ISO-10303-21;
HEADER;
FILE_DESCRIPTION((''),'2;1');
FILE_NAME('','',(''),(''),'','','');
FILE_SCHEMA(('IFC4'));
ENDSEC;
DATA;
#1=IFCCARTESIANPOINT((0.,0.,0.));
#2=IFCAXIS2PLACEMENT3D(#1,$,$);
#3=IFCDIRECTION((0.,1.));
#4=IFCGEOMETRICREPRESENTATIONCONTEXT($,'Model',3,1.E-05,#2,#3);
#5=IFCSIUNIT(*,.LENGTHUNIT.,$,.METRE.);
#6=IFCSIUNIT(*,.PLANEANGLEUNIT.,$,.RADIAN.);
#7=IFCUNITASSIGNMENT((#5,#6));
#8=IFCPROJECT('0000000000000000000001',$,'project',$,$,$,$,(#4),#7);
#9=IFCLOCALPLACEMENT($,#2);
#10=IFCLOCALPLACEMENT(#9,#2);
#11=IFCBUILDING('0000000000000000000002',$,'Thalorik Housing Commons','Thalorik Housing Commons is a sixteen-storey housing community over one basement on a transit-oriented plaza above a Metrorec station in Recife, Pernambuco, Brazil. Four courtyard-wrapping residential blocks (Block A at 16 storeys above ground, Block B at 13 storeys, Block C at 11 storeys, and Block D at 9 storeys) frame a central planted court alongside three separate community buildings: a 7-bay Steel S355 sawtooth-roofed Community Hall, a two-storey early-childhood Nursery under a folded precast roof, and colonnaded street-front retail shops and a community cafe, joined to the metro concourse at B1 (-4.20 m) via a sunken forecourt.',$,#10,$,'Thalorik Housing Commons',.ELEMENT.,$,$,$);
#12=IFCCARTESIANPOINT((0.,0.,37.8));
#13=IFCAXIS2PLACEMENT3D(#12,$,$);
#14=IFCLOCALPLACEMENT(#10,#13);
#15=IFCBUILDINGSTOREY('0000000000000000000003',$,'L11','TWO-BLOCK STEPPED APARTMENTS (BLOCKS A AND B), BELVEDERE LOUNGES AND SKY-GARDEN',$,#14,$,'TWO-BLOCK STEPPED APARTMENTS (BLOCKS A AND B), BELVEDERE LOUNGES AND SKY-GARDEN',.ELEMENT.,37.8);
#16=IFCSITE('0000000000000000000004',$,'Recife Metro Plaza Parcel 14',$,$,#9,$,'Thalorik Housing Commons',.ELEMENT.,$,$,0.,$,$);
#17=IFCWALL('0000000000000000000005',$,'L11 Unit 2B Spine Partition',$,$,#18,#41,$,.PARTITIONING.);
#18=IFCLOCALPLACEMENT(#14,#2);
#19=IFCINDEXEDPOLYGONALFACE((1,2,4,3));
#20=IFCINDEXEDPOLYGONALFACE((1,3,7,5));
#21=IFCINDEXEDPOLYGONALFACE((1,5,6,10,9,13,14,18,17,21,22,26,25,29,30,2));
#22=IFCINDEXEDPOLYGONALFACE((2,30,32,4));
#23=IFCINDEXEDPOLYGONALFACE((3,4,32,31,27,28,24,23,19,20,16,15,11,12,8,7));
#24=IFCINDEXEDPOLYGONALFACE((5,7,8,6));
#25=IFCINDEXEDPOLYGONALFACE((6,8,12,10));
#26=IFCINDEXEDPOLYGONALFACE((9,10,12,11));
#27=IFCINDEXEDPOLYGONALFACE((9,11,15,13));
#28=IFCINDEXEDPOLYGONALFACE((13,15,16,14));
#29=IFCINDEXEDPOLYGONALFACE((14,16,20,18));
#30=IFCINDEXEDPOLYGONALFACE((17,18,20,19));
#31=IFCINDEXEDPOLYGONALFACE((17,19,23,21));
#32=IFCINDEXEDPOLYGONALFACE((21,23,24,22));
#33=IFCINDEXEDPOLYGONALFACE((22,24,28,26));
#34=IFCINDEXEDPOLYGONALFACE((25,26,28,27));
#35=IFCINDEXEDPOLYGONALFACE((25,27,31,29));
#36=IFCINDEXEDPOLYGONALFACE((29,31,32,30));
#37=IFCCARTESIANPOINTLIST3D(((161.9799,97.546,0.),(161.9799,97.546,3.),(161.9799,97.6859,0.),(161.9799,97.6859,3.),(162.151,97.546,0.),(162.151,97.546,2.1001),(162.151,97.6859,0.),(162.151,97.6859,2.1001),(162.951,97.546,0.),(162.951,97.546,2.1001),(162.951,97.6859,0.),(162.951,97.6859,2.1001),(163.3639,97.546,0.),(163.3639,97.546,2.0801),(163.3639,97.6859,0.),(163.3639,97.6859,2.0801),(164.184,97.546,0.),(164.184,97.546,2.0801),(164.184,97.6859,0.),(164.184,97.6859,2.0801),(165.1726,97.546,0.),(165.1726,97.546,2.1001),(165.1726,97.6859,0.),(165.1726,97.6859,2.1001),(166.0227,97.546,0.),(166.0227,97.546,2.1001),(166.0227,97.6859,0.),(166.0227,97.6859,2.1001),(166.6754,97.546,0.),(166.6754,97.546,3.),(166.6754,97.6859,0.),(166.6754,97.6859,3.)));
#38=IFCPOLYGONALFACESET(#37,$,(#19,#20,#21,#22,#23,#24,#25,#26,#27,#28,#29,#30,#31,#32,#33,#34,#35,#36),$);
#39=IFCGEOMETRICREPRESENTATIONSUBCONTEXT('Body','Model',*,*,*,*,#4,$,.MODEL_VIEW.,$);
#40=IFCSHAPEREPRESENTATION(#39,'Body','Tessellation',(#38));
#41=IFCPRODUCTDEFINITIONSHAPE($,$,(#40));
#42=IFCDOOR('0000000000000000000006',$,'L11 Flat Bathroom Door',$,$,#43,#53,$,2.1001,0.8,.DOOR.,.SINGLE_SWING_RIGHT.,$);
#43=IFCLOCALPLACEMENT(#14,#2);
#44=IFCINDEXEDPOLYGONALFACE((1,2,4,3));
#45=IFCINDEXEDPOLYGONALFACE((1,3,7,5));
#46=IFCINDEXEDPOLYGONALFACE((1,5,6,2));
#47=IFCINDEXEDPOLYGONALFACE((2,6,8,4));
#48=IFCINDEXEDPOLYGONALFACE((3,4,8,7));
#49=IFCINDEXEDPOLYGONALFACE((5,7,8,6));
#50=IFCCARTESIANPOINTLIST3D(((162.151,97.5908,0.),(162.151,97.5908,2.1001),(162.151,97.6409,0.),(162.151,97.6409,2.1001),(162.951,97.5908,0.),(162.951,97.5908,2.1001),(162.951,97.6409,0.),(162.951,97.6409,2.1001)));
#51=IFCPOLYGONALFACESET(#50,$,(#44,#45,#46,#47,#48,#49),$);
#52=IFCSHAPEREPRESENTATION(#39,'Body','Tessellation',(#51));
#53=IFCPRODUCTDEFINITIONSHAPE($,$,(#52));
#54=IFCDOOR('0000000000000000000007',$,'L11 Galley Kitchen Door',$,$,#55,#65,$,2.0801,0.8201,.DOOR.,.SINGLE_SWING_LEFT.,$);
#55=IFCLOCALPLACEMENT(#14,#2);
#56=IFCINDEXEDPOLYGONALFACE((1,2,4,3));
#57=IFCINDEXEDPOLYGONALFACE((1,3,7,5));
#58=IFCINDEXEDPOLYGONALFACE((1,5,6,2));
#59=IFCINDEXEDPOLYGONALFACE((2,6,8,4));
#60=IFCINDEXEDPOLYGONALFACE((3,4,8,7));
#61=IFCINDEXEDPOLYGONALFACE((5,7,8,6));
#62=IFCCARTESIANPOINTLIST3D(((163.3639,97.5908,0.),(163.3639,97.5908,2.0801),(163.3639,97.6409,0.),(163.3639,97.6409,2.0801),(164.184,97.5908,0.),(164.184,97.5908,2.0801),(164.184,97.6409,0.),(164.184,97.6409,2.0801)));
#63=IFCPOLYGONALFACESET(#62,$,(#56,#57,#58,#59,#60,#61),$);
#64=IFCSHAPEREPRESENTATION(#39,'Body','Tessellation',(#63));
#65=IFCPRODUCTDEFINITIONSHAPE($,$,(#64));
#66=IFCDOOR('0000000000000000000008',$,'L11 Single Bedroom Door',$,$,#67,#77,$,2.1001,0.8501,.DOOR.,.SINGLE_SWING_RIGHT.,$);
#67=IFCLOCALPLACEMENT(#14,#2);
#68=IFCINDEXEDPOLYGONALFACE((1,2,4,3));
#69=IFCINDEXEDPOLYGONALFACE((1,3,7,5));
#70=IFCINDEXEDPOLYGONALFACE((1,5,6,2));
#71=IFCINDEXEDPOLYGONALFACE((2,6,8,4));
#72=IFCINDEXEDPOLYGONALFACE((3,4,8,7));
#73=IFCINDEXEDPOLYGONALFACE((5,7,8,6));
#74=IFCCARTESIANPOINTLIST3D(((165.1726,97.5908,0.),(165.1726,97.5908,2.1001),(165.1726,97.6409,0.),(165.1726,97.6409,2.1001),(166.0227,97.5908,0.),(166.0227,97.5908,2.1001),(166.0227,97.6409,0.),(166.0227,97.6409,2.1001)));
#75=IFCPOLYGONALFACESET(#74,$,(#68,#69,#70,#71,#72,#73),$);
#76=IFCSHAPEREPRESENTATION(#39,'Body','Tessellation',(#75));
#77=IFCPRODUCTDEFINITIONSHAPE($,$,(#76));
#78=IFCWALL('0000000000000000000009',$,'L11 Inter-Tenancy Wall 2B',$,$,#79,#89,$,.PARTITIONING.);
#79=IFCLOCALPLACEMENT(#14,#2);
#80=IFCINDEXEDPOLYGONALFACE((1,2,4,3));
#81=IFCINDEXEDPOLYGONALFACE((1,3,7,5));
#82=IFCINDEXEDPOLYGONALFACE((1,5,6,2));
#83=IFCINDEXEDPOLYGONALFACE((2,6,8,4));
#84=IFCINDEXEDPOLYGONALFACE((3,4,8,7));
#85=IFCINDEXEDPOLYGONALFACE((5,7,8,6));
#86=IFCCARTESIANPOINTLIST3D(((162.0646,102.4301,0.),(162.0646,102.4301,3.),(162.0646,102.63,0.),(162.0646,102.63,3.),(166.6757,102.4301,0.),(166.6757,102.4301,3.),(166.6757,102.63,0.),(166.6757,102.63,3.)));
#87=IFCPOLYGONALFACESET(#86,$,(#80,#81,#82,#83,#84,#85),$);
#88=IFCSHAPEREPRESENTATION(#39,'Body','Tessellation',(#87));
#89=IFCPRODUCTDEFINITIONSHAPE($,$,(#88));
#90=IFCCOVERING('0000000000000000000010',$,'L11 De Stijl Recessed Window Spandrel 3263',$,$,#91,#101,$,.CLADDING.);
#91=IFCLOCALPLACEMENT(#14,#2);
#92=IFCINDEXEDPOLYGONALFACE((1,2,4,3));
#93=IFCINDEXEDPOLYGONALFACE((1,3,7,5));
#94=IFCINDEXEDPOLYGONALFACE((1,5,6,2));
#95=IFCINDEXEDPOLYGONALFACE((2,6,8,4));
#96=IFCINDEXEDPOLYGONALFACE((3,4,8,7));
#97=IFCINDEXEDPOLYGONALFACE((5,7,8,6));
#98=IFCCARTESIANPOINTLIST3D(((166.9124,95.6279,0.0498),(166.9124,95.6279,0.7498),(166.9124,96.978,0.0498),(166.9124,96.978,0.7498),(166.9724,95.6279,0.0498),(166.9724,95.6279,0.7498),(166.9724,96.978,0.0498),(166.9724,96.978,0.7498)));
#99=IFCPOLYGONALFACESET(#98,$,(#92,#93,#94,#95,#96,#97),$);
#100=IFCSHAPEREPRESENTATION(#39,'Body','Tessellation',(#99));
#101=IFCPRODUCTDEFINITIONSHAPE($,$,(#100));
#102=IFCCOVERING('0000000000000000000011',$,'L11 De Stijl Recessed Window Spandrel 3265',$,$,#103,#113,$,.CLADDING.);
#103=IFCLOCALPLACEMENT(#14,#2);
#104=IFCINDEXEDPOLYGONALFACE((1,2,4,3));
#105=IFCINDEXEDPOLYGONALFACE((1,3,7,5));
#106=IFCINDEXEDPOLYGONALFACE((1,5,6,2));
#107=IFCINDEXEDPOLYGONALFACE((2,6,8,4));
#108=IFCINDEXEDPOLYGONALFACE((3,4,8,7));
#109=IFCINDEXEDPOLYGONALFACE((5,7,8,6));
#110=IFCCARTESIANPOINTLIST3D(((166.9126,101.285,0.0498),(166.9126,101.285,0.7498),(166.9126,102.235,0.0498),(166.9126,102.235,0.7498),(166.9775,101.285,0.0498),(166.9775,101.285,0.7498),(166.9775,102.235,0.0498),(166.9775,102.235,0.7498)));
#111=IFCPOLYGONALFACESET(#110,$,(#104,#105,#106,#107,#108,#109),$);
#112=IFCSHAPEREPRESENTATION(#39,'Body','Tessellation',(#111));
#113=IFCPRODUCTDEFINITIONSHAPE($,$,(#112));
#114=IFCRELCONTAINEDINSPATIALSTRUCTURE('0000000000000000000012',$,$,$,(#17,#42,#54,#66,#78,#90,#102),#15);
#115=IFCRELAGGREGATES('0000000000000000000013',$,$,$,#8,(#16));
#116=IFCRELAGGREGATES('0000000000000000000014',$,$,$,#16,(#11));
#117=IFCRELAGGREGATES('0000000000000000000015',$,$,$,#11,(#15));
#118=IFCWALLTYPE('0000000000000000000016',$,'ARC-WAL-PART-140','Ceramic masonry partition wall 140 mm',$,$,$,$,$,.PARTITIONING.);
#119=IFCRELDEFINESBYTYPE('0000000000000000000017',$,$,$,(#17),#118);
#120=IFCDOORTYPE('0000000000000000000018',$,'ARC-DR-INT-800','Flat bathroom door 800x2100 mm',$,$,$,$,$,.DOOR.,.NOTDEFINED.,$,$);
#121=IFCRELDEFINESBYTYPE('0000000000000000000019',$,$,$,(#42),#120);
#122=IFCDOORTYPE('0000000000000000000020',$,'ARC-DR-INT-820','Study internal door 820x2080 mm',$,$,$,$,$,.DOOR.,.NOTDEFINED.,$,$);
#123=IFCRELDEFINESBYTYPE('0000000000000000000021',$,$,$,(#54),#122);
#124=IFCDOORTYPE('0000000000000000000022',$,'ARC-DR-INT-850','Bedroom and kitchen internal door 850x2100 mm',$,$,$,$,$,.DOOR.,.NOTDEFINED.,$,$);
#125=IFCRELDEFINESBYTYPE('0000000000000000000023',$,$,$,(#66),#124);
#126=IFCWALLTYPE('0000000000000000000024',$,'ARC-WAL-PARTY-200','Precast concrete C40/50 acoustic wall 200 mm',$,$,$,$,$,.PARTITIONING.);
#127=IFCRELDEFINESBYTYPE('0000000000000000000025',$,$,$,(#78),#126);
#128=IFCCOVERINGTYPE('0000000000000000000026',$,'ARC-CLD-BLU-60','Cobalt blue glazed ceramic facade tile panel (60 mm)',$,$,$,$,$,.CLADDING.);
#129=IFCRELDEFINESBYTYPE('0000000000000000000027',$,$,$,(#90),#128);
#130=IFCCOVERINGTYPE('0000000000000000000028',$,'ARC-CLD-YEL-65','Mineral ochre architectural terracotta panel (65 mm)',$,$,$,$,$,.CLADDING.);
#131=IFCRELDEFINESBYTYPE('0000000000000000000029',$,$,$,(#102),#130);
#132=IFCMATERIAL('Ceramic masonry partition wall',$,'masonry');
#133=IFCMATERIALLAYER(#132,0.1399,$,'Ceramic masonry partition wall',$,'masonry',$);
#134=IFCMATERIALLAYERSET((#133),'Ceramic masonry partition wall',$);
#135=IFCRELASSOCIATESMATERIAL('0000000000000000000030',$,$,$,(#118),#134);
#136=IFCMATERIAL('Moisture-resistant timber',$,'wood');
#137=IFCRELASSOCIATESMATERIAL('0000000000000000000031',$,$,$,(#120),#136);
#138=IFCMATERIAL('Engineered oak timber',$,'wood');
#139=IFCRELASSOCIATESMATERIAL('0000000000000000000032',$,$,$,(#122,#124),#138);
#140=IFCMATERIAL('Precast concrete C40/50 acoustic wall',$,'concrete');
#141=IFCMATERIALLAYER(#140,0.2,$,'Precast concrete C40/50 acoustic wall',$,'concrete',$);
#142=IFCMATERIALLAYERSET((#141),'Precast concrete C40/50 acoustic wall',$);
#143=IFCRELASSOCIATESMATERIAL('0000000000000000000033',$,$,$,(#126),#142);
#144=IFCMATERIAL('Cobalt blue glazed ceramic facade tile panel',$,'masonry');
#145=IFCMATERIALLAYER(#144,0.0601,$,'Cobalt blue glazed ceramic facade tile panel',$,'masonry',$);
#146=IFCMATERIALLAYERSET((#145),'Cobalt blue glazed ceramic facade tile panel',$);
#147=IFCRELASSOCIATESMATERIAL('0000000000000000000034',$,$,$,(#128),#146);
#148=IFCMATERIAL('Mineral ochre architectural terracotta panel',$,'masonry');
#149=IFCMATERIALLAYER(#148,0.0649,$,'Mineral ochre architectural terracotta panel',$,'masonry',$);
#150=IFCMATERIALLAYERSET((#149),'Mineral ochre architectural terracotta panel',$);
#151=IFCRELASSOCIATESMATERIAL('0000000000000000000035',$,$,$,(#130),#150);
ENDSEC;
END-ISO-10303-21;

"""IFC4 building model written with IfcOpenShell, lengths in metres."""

from ifc_helpers import new_model, si_unit, direction, frame, frame_2d, origin, origin_2d, place, context, subcontext, project, spatial, rectangle, extrude, material, layer, layer_set, type_object, element, fill, save


model = new_model("IFC4")

# Units and contexts
model_context = context("Model", 3, precision=1e-05, world=origin(), true_north=direction((0.0, 1.0)))
body_context = subcontext(model_context, "Body", "Model", "MODEL_VIEW")
ifc_project = project(units=[si_unit("LENGTHUNIT", "METRE"), si_unit("PLANEANGLEUNIT", "RADIAN")], contexts=[model_context])

# Site, building, storey
site_placement = place(None, origin())
site = spatial("IfcSite", under=ifc_project, at=site_placement, Name="Recife Metro Plaza Parcel 14", LongName="Thalorik Housing Commons", CompositionType="ELEMENT", RefElevation=0.0)
building_placement = place(site_placement, origin())
building = spatial("IfcBuilding", under=site, at=building_placement, Name="Thalorik Housing Commons", Description="Thalorik Housing Commons is a sixteen-storey housing community over one basement on a transit-oriented plaza above a Metrorec station in Recife, Pernambuco, Brazil. Four courtyard-wrapping residential blocks (Block A at 16 storeys above ground, Block B at 13 storeys, Block C at 11 storeys, and Block D at 9 storeys) frame a central planted court alongside three separate community buildings: a 7-bay Steel S355 sawtooth-roofed Community Hall, a two-storey early-childhood Nursery under a folded precast roof, and colonnaded street-front retail shops and a community cafe, joined to the metro concourse at B1 (-4.20 m) via a sunken forecourt.", LongName="Thalorik Housing Commons", CompositionType="ELEMENT")
storey_placement = place(building_placement, frame((0.0, 0.0, 37.8)))
storey = spatial("IfcBuildingStorey", under=building, at=storey_placement, Name="L11", Description="TWO-BLOCK STEPPED APARTMENTS (BLOCKS A AND B), BELVEDERE LOUNGES AND SKY-GARDEN", LongName="TWO-BLOCK STEPPED APARTMENTS (BLOCKS A AND B), BELVEDERE LOUNGES AND SKY-GARDEN", CompositionType="ELEMENT", Elevation=37.8)

# Wall, openings, doors
ifc_material_1 = material(Name="Ceramic masonry partition wall", Category="masonry")
ifc_layer_1 = layer(ifc_material_1, 0.1399, Name="Ceramic masonry partition wall", Category="masonry")
ifc_layer_set_1 = layer_set([ifc_layer_1], Name="Ceramic masonry partition wall")
wall_type_1 = type_object("IfcWallType", Name="ARC-WAL-PART-140", Description="Ceramic masonry partition wall 140 mm", PredefinedType="PARTITIONING", material=ifc_layer_set_1)
wall_1_placement = place(storey_placement, frame((161.98, 97.616, 0.0), z_axis=(0.0, 0.0, 1.0), x_axis=(1.0, 0.0, 0.0)))
wall_1 = element("IfcWall", 1, at=wall_1_placement, inside=storey, type_object=wall_type_1, Name="L11 Unit 2B Spine Partition", PredefinedType="PARTITIONING", context=body_context, shape_type="SweptSolid", body=[
    extrude(rectangle(XDim=4.6956, YDim=0.1399, at=frame_2d((2.3477, 0.0))), origin(), (0.0, 0.0, 1.0), 3.0),
])
opening_1_placement = place(wall_1_placement, frame((0.1711, 0.0, 0.0)))
opening_1 = element("IfcOpeningElement", 2, at=opening_1_placement, cuts=wall_1, PredefinedType="OPENING", context=body_context, shape_type="SweptSolid", body=[
    extrude(rectangle(XDim=0.8, YDim=2.1001, at=frame_2d((0.3999, 1.05))), frame((0.0, 0.0801, 0.0), z_axis=(0.0, -1.0, 0.0), x_axis=(1.0, 0.0, 0.0)), (0.0, 0.0, 1.0), 0.1599),
])
opening_2_placement = place(wall_1_placement, frame((1.3838, 0.0, 0.0)))
opening_2 = element("IfcOpeningElement", 3, at=opening_2_placement, cuts=wall_1, PredefinedType="OPENING", context=body_context, shape_type="SweptSolid", body=[
    extrude(rectangle(XDim=0.8201, YDim=2.0801, at=frame_2d((0.4102, 1.04))), frame((0.0, 0.0801, 0.0), z_axis=(0.0, -1.0, 0.0), x_axis=(1.0, 0.0, 0.0)), (0.0, 0.0, 1.0), 0.1599),
])
opening_3_placement = place(wall_1_placement, frame((3.1926, 0.0, 0.0)))
opening_3 = element("IfcOpeningElement", 4, at=opening_3_placement, cuts=wall_1, PredefinedType="OPENING", context=body_context, shape_type="SweptSolid", body=[
    extrude(rectangle(XDim=0.8501, YDim=2.1001, at=frame_2d((0.425, 1.05))), frame((0.0, 0.0801, 0.0), z_axis=(0.0, -1.0, 0.0), x_axis=(1.0, 0.0, 0.0)), (0.0, 0.0, 1.0), 0.1599),
])
ifc_material_2 = material(Name="Moisture-resistant timber", Category="wood")
door_type_1 = type_object("IfcDoorType", Name="ARC-DR-INT-800", Description="Flat bathroom door 800x2100 mm", OperationType="NOTDEFINED", PredefinedType="DOOR", material=ifc_material_2)
door_1_placement = place(opening_1_placement, origin())
door_1 = element("IfcDoor", 5, at=door_1_placement, inside=storey, type_object=door_type_1, Name="L11 Flat Bathroom Door", OperationType="SINGLE_SWING_RIGHT", OverallHeight=2.1001, OverallWidth=0.8, PredefinedType="DOOR", context=body_context, shape_type="SweptSolid", body=[
    extrude(rectangle(XDim=0.8, YDim=2.1001, at=frame_2d((0.3999, 1.05))), frame((0.0, 0.0249, 0.0), z_axis=(0.0, -1.0, 0.0), x_axis=(1.0, 0.0, 0.0)), (0.0, 0.0, 1.0), 0.05),
])
fill(opening_1, door_1)
ifc_material_3 = material(Name="Engineered oak timber", Category="wood")
door_type_2 = type_object("IfcDoorType", Name="ARC-DR-INT-820", Description="Study internal door 820x2080 mm", OperationType="NOTDEFINED", PredefinedType="DOOR", material=ifc_material_3)
door_2_placement = place(opening_2_placement, origin())
door_2 = element("IfcDoor", 6, at=door_2_placement, inside=storey, type_object=door_type_2, Name="L11 Galley Kitchen Door", OperationType="SINGLE_SWING_LEFT", OverallHeight=2.0801, OverallWidth=0.8201, PredefinedType="DOOR", context=body_context, shape_type="SweptSolid", body=[
    extrude(rectangle(XDim=0.8201, YDim=2.0801, at=frame_2d((0.4102, 1.04))), frame((0.0, 0.0249, 0.0), z_axis=(0.0, -1.0, 0.0), x_axis=(1.0, 0.0, 0.0)), (0.0, 0.0, 1.0), 0.05),
])
fill(opening_2, door_2)
door_type_3 = type_object("IfcDoorType", Name="ARC-DR-INT-850", Description="Bedroom and kitchen internal door 850x2100 mm", OperationType="NOTDEFINED", PredefinedType="DOOR", material=ifc_material_3)
door_3_placement = place(opening_3_placement, origin())
door_3 = element("IfcDoor", 7, at=door_3_placement, inside=storey, type_object=door_type_3, Name="L11 Single Bedroom Door", OperationType="SINGLE_SWING_RIGHT", OverallHeight=2.1001, OverallWidth=0.8501, PredefinedType="DOOR", context=body_context, shape_type="SweptSolid", body=[
    extrude(rectangle(XDim=0.8501, YDim=2.1001, at=frame_2d((0.425, 1.05))), frame((0.0, 0.0249, 0.0), z_axis=(0.0, -1.0, 0.0), x_axis=(1.0, 0.0, 0.0)), (0.0, 0.0, 1.0), 0.05),
])
fill(opening_3, door_3)

# Wall
ifc_material_4 = material(Name="Precast concrete C40/50 acoustic wall", Category="concrete")
ifc_layer_2 = layer(ifc_material_4, 0.2, Name="Precast concrete C40/50 acoustic wall", Category="concrete")
ifc_layer_set_2 = layer_set([ifc_layer_2], Name="Precast concrete C40/50 acoustic wall")
wall_type_2 = type_object("IfcWallType", Name="ARC-WAL-PARTY-200", Description="Precast concrete C40/50 acoustic wall 200 mm", PredefinedType="PARTITIONING", material=ifc_layer_set_2)
wall_2_placement = place(storey_placement, frame((162.0645, 102.53, 0.0), z_axis=(0.0, 0.0, 1.0), x_axis=(1.0, 0.0, 0.0)))
element("IfcWall", 8, at=wall_2_placement, inside=storey, type_object=wall_type_2, Name="L11 Inter-Tenancy Wall 2B", PredefinedType="PARTITIONING", context=body_context, shape_type="SweptSolid", body=[
    extrude(rectangle(XDim=4.6111, YDim=0.2, at=frame_2d((2.3057, 0.0))), origin(), (0.0, 0.0, 1.0), 3.0),
])

# Coverings
ifc_material_5 = material(Name="Cobalt blue glazed ceramic facade tile panel", Category="masonry")
ifc_layer_3 = layer(ifc_material_5, 0.0601, Name="Cobalt blue glazed ceramic facade tile panel", Category="masonry")
ifc_layer_set_3 = layer_set([ifc_layer_3], Name="Cobalt blue glazed ceramic facade tile panel")
covering_type_1 = type_object("IfcCoveringType", Name="ARC-CLD-BLU-60", Description="Cobalt blue glazed ceramic facade tile panel (60 mm)", PredefinedType="CLADDING", material=ifc_layer_set_3)
covering_1_placement = place(storey_placement, frame((166.9424, 96.303, 0.0498), z_axis=(0.0, 0.0, 1.0), x_axis=(0.0, 1.0, 0.0)))
element("IfcCovering", 9, at=covering_1_placement, inside=storey, type_object=covering_type_1, Name="L11 De Stijl Recessed Window Spandrel 3263", PredefinedType="CLADDING", context=body_context, shape_type="SweptSolid", body=[
    extrude(rectangle(XDim=1.3501, YDim=0.0601, at=origin_2d()), origin(), (0.0, 0.0, 1.0), 0.7),
])
ifc_material_6 = material(Name="Mineral ochre architectural terracotta panel", Category="masonry")
ifc_layer_4 = layer(ifc_material_6, 0.0649, Name="Mineral ochre architectural terracotta panel", Category="masonry")
ifc_layer_set_4 = layer_set([ifc_layer_4], Name="Mineral ochre architectural terracotta panel")
covering_type_2 = type_object("IfcCoveringType", Name="ARC-CLD-YEL-65", Description="Mineral ochre architectural terracotta panel (65 mm)", PredefinedType="CLADDING", material=ifc_layer_set_4)
covering_2_placement = place(storey_placement, frame((166.9451, 101.76, 0.0498), z_axis=(0.0, 0.0, 1.0), x_axis=(0.0, 1.0, 0.0)))
element("IfcCovering", 10, at=covering_2_placement, inside=storey, type_object=covering_type_2, Name="L11 De Stijl Recessed Window Spandrel 3265", PredefinedType="CLADDING", context=body_context, shape_type="SweptSolid", body=[
    extrude(rectangle(XDim=0.95, YDim=0.0649, at=origin_2d()), origin(), (0.0, 0.0, 1.0), 0.7),
])

save(model, "model.ifc")
